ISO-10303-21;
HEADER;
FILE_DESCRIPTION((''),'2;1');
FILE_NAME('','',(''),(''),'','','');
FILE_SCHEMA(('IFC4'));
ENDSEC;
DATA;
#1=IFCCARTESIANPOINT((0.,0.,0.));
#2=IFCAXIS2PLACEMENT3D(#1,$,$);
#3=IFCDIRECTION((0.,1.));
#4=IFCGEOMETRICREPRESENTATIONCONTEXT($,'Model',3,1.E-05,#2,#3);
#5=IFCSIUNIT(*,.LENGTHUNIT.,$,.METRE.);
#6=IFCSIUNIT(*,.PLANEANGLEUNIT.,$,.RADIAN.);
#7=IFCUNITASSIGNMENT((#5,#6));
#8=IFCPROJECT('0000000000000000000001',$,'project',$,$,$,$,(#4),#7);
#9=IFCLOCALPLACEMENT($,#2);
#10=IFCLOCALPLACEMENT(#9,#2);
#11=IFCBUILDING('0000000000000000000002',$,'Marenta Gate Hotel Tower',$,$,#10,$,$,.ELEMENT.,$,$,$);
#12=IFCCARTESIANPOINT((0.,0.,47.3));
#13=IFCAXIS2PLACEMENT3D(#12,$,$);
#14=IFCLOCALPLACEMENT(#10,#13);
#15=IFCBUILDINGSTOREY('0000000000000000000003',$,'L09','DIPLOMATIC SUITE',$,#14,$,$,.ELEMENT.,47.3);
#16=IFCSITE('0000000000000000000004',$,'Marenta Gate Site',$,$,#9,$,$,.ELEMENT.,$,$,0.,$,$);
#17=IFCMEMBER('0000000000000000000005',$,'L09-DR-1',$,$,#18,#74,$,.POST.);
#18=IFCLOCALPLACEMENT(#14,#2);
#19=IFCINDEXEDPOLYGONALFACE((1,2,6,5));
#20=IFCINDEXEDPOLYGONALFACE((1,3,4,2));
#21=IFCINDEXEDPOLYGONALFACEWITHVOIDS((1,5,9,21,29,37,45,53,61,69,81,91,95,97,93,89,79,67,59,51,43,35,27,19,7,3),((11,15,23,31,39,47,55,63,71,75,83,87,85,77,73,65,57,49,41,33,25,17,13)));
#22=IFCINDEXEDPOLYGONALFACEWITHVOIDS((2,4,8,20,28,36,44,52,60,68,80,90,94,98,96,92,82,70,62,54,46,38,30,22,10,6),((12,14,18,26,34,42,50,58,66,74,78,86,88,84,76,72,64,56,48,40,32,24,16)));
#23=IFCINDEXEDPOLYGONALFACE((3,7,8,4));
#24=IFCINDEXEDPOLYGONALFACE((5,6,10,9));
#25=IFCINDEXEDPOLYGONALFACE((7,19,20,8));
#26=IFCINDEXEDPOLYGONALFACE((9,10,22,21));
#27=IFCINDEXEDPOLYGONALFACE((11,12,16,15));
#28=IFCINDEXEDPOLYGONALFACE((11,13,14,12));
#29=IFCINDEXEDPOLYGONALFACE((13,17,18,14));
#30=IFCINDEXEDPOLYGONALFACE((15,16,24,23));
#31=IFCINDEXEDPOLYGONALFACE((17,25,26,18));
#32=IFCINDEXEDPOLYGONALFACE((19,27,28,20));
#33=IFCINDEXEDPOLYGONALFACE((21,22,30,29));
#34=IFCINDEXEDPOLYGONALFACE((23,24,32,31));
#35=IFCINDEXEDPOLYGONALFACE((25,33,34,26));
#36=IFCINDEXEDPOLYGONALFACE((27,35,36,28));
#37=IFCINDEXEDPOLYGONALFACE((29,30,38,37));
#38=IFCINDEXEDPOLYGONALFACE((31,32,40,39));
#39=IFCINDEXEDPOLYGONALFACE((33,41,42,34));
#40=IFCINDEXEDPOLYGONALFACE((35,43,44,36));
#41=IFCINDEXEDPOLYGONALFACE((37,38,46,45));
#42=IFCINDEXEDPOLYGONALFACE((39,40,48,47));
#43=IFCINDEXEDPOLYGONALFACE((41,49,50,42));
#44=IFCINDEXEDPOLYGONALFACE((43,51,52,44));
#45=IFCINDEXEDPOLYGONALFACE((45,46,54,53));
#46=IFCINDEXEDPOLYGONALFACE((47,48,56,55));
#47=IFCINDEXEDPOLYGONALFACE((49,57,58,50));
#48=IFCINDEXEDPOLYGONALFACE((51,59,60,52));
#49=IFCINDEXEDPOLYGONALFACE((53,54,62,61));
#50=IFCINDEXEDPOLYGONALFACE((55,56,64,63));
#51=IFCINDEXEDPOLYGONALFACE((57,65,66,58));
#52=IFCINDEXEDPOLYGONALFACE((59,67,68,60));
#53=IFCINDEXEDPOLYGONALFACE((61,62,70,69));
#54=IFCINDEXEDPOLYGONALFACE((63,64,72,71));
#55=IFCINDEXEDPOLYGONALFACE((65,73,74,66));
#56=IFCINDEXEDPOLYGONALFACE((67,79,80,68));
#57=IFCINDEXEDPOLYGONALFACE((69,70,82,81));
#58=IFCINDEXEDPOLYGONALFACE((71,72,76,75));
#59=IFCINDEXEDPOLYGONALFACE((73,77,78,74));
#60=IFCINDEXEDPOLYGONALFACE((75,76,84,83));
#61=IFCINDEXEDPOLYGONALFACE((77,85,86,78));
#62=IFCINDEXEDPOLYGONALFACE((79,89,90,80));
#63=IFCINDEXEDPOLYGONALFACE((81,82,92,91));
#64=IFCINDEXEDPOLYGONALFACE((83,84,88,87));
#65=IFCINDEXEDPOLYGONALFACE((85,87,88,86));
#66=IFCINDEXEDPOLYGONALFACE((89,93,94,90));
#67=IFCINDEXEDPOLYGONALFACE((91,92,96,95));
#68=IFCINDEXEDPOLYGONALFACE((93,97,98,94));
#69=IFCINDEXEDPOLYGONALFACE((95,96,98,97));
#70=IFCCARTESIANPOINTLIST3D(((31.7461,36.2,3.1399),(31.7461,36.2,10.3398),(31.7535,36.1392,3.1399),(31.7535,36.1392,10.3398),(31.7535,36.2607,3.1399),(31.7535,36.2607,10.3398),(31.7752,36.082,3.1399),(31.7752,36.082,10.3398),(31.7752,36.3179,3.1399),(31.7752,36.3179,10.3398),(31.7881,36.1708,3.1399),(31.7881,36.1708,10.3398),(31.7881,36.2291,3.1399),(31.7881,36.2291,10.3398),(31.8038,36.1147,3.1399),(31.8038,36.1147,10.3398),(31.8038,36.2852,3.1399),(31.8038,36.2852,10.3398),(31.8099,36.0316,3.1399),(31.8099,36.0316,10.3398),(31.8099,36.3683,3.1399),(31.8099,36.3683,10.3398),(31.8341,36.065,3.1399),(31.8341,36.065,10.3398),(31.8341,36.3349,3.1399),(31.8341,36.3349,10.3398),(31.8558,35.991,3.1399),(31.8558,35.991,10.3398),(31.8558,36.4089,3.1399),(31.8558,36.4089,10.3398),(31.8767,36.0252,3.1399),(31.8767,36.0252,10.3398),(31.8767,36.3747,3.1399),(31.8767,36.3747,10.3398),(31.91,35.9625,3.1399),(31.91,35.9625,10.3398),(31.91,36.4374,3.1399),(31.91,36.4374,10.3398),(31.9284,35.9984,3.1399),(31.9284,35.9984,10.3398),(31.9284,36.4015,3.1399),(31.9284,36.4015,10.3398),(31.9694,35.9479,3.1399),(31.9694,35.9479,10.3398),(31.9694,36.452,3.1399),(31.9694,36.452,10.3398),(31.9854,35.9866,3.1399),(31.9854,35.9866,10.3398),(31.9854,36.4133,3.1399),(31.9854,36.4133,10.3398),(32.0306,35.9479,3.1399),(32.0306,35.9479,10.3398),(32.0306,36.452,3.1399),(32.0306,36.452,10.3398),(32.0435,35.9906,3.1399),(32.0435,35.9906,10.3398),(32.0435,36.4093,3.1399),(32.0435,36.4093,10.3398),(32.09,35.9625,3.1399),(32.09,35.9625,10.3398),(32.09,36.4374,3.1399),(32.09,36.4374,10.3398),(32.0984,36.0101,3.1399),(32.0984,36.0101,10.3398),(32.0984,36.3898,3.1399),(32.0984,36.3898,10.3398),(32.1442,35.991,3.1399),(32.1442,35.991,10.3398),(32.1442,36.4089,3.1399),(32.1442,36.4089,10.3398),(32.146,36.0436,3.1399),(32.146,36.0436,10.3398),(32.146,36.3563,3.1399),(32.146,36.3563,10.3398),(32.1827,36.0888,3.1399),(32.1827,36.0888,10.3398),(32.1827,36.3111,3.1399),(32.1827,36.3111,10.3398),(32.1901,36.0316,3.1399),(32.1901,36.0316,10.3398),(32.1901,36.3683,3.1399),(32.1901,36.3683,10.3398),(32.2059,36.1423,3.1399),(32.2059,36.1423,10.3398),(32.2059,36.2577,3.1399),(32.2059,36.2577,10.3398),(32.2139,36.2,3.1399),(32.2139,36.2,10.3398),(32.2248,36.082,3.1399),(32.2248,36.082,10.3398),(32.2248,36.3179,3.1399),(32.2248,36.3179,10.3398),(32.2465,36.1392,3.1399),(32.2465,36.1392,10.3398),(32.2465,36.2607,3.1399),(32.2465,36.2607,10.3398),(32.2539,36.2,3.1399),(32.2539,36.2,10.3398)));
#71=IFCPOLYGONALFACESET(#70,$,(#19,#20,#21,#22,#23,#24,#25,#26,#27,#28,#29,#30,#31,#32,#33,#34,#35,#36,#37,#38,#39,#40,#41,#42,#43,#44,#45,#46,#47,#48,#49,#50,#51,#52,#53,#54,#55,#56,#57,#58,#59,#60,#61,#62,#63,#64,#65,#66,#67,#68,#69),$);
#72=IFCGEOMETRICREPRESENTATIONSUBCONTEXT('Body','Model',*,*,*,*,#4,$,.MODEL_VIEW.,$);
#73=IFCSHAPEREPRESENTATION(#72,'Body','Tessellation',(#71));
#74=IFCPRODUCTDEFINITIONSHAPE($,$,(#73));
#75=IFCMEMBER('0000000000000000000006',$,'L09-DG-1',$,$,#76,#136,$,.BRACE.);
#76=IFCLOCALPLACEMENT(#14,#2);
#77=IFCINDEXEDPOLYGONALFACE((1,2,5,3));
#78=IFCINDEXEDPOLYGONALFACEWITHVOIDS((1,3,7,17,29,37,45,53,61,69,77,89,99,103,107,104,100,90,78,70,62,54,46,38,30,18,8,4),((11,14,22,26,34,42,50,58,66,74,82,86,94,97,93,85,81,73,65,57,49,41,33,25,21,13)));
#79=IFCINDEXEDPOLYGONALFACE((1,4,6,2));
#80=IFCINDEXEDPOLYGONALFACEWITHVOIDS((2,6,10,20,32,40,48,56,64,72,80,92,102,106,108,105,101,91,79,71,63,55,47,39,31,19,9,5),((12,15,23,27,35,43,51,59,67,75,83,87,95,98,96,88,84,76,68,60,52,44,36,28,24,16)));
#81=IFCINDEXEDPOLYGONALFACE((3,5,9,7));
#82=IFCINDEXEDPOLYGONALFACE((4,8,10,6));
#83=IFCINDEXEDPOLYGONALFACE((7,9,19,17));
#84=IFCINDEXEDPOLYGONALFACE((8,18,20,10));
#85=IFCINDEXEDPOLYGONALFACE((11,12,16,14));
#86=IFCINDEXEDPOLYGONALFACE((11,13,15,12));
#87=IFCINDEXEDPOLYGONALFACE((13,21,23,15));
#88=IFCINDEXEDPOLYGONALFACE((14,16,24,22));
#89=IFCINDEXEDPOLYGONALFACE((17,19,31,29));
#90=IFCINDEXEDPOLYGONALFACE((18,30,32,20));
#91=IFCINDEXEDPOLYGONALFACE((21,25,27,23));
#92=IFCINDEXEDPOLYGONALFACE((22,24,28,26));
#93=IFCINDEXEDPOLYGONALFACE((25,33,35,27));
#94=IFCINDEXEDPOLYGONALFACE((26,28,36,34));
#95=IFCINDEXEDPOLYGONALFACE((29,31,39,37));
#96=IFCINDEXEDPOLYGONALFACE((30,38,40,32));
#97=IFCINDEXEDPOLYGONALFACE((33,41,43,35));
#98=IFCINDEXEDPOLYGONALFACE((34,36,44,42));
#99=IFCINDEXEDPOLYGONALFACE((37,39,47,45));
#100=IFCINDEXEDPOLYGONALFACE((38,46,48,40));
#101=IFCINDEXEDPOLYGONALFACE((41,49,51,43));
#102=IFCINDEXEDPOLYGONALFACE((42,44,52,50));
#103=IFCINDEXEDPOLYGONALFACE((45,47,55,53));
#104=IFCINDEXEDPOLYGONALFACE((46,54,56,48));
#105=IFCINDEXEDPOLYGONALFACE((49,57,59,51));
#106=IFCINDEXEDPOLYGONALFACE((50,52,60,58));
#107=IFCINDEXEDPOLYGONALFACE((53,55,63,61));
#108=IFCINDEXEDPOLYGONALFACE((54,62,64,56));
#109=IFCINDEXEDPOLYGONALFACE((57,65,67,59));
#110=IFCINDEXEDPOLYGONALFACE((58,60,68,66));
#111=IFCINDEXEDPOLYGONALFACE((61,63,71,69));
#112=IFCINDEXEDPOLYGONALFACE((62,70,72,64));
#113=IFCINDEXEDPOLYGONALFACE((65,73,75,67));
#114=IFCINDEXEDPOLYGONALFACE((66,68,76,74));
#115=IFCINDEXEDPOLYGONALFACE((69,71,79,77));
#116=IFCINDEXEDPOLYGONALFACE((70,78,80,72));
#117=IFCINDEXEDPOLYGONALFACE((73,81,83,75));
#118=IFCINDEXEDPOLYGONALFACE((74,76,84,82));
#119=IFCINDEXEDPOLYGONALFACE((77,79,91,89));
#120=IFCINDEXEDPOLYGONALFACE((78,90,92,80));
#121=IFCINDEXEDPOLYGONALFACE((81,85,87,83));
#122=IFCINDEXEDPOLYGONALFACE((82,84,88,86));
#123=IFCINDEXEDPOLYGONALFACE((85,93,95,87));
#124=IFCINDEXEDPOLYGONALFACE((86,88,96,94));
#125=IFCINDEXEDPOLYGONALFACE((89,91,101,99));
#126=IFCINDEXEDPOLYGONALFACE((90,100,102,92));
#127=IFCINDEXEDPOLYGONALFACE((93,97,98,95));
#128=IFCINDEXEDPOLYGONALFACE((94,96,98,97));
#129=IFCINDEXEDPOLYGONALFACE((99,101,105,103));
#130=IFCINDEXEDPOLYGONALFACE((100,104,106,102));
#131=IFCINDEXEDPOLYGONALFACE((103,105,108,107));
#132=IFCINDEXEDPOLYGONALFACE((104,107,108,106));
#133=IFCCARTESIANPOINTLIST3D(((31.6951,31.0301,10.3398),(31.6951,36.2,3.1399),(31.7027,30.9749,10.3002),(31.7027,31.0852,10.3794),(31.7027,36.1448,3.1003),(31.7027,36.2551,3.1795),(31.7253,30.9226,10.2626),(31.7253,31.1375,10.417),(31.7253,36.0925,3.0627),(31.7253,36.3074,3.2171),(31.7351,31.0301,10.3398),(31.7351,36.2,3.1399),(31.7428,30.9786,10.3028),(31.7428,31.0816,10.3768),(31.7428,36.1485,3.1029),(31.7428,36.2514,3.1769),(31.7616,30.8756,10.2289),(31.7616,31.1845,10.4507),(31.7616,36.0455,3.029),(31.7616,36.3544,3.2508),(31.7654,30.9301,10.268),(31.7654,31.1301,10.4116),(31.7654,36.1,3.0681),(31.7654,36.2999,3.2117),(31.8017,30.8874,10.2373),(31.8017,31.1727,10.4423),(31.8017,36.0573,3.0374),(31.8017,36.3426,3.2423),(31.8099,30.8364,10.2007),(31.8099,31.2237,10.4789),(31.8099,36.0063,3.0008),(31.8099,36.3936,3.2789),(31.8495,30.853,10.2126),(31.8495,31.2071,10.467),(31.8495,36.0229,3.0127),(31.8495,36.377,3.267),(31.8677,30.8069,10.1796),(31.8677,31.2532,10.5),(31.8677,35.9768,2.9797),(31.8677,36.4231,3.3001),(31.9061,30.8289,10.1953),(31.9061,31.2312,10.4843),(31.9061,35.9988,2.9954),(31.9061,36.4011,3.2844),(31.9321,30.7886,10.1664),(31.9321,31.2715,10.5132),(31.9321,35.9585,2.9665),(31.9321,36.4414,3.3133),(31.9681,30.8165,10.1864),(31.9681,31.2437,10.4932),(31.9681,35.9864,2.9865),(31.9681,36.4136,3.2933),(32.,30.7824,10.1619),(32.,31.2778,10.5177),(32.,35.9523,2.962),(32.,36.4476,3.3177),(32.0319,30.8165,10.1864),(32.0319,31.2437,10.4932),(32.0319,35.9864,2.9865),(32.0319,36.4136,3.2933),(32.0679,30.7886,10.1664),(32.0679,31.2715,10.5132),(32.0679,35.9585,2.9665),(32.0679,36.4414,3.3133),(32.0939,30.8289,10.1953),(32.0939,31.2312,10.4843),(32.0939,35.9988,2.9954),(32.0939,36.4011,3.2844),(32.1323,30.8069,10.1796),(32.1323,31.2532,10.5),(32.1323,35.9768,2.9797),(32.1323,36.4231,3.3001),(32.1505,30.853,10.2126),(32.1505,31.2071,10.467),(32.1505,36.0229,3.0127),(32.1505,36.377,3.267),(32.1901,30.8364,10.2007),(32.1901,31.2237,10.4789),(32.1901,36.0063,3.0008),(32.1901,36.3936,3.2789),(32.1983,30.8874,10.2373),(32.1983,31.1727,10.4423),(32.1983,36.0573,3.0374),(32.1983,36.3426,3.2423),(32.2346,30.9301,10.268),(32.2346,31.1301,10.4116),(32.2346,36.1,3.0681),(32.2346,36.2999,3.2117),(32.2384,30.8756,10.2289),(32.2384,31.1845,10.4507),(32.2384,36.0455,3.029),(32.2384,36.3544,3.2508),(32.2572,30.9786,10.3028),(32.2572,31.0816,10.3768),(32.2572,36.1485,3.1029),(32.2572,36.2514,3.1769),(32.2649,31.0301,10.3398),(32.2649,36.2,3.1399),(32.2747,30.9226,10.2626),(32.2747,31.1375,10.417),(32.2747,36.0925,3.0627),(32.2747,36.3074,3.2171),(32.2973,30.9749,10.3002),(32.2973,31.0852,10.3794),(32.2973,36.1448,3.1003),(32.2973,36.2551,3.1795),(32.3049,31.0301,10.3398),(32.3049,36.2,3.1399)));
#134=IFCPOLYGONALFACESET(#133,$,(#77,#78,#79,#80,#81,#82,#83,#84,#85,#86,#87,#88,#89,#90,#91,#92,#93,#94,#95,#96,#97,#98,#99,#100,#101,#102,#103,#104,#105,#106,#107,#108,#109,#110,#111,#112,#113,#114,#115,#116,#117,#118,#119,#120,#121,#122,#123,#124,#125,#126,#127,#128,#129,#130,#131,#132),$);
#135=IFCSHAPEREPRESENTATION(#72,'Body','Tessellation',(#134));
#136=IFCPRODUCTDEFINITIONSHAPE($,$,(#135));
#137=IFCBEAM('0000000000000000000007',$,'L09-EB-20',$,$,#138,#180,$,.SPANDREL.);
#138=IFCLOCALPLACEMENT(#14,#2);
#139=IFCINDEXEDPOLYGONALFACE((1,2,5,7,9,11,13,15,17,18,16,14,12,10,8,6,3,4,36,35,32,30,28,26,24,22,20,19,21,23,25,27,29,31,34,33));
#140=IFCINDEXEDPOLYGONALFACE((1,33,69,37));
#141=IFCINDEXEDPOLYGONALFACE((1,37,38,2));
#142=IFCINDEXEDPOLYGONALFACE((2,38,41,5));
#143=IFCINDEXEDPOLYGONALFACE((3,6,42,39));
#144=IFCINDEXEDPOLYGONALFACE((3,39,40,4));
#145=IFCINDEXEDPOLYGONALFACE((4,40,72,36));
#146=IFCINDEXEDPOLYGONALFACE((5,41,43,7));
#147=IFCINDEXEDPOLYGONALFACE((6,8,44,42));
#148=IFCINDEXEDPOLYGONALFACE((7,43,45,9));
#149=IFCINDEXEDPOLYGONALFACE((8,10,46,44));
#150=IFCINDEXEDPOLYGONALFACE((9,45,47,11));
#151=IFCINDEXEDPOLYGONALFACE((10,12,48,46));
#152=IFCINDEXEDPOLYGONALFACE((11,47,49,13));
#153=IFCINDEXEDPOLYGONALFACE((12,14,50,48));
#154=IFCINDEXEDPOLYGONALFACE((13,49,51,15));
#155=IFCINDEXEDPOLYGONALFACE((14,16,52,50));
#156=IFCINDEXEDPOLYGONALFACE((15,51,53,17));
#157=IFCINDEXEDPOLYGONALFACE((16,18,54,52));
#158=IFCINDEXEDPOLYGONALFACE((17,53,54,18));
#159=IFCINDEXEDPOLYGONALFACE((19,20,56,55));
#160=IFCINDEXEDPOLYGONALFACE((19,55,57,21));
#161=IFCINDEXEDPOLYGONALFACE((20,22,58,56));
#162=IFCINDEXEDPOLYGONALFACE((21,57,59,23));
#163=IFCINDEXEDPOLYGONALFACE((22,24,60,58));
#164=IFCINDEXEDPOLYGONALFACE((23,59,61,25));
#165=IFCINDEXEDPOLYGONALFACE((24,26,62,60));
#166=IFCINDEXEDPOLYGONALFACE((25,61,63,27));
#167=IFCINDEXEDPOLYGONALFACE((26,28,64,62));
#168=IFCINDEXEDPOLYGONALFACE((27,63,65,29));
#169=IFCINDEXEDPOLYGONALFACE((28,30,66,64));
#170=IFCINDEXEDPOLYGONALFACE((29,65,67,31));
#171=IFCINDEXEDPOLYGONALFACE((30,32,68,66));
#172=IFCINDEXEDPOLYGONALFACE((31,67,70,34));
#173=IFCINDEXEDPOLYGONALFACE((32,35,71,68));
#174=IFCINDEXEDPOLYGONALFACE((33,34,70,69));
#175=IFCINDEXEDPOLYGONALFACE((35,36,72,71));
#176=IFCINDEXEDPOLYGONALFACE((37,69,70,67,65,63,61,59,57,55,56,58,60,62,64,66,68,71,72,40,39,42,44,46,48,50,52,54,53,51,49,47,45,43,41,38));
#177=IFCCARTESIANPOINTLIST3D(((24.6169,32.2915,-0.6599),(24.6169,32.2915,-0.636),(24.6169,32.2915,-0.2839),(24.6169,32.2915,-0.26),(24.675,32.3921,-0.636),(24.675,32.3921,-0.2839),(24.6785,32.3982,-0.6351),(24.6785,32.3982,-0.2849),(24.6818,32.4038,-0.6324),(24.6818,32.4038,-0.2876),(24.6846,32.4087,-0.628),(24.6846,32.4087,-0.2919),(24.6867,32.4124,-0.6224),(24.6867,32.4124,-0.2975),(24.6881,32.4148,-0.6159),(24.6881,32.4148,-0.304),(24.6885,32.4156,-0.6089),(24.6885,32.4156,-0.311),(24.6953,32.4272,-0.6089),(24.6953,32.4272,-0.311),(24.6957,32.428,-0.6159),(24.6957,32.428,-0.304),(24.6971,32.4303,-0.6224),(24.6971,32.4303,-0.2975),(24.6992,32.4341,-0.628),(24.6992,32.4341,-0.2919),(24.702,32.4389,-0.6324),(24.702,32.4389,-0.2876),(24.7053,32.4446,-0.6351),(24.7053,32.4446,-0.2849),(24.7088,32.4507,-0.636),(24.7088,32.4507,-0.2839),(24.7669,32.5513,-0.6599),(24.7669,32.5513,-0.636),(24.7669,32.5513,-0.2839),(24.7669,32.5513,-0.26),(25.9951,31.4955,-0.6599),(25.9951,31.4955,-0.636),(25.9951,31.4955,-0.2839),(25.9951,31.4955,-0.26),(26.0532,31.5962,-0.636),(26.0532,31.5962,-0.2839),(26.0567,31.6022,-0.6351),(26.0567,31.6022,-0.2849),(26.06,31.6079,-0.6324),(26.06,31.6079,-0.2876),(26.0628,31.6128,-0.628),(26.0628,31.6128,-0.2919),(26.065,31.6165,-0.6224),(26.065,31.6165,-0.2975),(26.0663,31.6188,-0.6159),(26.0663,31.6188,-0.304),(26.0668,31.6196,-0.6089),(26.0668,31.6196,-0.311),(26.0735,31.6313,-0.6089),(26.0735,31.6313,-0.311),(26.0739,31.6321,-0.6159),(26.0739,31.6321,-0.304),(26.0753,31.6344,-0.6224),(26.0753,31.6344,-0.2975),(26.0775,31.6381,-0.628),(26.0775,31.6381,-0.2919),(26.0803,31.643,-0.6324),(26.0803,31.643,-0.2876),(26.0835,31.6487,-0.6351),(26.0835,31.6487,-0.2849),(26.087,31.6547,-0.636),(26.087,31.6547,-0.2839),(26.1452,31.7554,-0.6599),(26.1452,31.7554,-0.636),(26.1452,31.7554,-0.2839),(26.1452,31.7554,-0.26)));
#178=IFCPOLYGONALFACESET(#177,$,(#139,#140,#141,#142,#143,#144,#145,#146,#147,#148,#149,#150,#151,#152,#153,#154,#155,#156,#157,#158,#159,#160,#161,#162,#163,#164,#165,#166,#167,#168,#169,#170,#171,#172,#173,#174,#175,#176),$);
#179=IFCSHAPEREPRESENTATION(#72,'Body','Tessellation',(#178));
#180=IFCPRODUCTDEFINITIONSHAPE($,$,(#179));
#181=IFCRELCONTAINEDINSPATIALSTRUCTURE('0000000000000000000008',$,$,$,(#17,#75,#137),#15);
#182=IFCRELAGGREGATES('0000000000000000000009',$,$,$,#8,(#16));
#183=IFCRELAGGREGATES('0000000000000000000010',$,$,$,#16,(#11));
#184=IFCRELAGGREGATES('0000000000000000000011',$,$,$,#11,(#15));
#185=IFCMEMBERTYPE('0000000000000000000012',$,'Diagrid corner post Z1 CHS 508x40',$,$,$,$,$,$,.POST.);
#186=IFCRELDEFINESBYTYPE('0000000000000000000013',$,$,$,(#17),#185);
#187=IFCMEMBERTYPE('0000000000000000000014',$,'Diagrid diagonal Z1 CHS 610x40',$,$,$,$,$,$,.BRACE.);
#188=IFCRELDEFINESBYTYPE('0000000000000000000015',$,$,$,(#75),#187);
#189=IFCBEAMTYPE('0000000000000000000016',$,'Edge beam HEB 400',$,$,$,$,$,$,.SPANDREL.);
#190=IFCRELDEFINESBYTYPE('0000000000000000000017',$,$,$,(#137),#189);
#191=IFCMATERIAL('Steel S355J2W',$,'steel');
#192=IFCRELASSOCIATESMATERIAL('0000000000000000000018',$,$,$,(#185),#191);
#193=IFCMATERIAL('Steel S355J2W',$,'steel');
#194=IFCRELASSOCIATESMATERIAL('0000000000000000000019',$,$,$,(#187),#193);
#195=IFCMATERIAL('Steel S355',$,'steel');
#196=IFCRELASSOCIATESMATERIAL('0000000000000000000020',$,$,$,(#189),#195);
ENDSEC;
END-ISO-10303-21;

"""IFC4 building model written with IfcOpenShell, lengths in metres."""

from ifc_helpers import new_model, si_unit, direction, frame, origin, origin_2d, place, context, subcontext, project, spatial, hollow_circle, i_section, extrude, material, material_profile, profile_set, type_object, element, save


model = new_model("IFC4")

# Units and contexts
model_context = context("Model", 3, precision=1e-05, world=origin(), true_north=direction((0.0, 1.0)))
body_context = subcontext(model_context, "Body", "Model", "MODEL_VIEW")
ifc_project = project(units=[si_unit("LENGTHUNIT", "METRE"), si_unit("PLANEANGLEUNIT", "RADIAN")], contexts=[model_context])

# Site, building, storey
site_placement = place(None, origin())
site = spatial("IfcSite", under=ifc_project, at=site_placement, Name="Marenta Gate Site", CompositionType="ELEMENT", RefElevation=0.0)
building_placement = place(site_placement, origin())
building = spatial("IfcBuilding", under=site, at=building_placement, Name="Marenta Gate Hotel Tower", CompositionType="ELEMENT")
storey_placement = place(building_placement, frame((0.0, 0.0, 47.3)))
storey = spatial("IfcBuildingStorey", under=building, at=storey_placement, Name="L09", Description="DIPLOMATIC SUITE", CompositionType="ELEMENT", Elevation=47.3)

# Members
ifc_material_1 = material(Name="Steel S355J2W", Category="steel")
ifc_material_profile_1 = material_profile(ifc_material_1, hollow_circle(Radius=0.2539, WallThickness=0.04, at=origin_2d()), Name="CHS 508x40")
ifc_profile_set_1 = profile_set([ifc_material_profile_1], Name="Steel S355J2W")
member_type_1 = type_object("IfcMemberType", Name="Diagrid corner post Z1 CHS 508x40", PredefinedType="POST", material=ifc_profile_set_1)
member_1_placement = place(storey_placement, frame((32.0, 36.2, 3.1399), z_axis=(0.0, 0.0, 1.0), x_axis=(1.0, 0.0, 0.0)))
element("IfcMember", 1, at=member_1_placement, inside=storey, type_object=member_type_1, Name="L09-DR-1", PredefinedType="POST", context=body_context, shape_type="SweptSolid", body=[
    extrude(hollow_circle(Radius=0.2539, WallThickness=0.04, at=origin_2d()), origin(), (0.0, 0.0, 1.0), 7.2),
])
ifc_material_2 = material(Name="Steel S355J2W", Category="steel")
ifc_material_profile_2 = material_profile(ifc_material_2, hollow_circle(Radius=0.3049, WallThickness=0.04, at=origin_2d()), Name="CHS 610x40")
ifc_profile_set_2 = profile_set([ifc_material_profile_2], Name="Steel S355J2W")
member_type_2 = type_object("IfcMemberType", Name="Diagrid diagonal Z1 CHS 610x40", PredefinedType="BRACE", material=ifc_profile_set_2)
member_2_placement = place(storey_placement, frame((32.0, 36.2, 3.1399), z_axis=(0.0, -0.583261, 0.812285), x_axis=(1.0, 0.0, 0.0)))
element("IfcMember", 2, at=member_2_placement, inside=storey, type_object=member_type_2, Name="L09-DG-1", PredefinedType="BRACE", context=body_context, shape_type="SweptSolid", body=[
    extrude(hollow_circle(Radius=0.3049, WallThickness=0.04, at=origin_2d()), origin(), (0.0, 0.0, 1.0), 8.8638),
])

# Beam
ifc_material_3 = material(Name="Steel S355", Category="steel")
ifc_material_profile_3 = material_profile(ifc_material_3, i_section(OverallWidth=0.3, OverallDepth=0.3999, WebThickness=0.0134, FlangeThickness=0.0239, FilletRadius=0.0271, at=origin_2d()), Name="HEB 400")
ifc_profile_set_3 = profile_set([ifc_material_profile_3], Name="Steel S355")
beam_type = type_object("IfcBeamType", Name="Edge beam HEB 400", PredefinedType="SPANDREL", material=ifc_profile_set_3)
beam_placement = place(storey_placement, frame((24.6919, 32.4214, -0.46), z_axis=(0.865968, -0.500099, 0.0), x_axis=(0.500099, 0.865968, 0.0)))
element("IfcBeam", 3, at=beam_placement, inside=storey, type_object=beam_type, Name="L09-EB-20", PredefinedType="SPANDREL", context=body_context, shape_type="SweptSolid", body=[
    extrude(i_section(OverallWidth=0.3, OverallDepth=0.3999, WebThickness=0.0134, FlangeThickness=0.0239, FilletRadius=0.0271, at=origin_2d()), origin(), (0.0, 0.0, 1.0), 1.5916),
])

save(model, "model.ifc")
